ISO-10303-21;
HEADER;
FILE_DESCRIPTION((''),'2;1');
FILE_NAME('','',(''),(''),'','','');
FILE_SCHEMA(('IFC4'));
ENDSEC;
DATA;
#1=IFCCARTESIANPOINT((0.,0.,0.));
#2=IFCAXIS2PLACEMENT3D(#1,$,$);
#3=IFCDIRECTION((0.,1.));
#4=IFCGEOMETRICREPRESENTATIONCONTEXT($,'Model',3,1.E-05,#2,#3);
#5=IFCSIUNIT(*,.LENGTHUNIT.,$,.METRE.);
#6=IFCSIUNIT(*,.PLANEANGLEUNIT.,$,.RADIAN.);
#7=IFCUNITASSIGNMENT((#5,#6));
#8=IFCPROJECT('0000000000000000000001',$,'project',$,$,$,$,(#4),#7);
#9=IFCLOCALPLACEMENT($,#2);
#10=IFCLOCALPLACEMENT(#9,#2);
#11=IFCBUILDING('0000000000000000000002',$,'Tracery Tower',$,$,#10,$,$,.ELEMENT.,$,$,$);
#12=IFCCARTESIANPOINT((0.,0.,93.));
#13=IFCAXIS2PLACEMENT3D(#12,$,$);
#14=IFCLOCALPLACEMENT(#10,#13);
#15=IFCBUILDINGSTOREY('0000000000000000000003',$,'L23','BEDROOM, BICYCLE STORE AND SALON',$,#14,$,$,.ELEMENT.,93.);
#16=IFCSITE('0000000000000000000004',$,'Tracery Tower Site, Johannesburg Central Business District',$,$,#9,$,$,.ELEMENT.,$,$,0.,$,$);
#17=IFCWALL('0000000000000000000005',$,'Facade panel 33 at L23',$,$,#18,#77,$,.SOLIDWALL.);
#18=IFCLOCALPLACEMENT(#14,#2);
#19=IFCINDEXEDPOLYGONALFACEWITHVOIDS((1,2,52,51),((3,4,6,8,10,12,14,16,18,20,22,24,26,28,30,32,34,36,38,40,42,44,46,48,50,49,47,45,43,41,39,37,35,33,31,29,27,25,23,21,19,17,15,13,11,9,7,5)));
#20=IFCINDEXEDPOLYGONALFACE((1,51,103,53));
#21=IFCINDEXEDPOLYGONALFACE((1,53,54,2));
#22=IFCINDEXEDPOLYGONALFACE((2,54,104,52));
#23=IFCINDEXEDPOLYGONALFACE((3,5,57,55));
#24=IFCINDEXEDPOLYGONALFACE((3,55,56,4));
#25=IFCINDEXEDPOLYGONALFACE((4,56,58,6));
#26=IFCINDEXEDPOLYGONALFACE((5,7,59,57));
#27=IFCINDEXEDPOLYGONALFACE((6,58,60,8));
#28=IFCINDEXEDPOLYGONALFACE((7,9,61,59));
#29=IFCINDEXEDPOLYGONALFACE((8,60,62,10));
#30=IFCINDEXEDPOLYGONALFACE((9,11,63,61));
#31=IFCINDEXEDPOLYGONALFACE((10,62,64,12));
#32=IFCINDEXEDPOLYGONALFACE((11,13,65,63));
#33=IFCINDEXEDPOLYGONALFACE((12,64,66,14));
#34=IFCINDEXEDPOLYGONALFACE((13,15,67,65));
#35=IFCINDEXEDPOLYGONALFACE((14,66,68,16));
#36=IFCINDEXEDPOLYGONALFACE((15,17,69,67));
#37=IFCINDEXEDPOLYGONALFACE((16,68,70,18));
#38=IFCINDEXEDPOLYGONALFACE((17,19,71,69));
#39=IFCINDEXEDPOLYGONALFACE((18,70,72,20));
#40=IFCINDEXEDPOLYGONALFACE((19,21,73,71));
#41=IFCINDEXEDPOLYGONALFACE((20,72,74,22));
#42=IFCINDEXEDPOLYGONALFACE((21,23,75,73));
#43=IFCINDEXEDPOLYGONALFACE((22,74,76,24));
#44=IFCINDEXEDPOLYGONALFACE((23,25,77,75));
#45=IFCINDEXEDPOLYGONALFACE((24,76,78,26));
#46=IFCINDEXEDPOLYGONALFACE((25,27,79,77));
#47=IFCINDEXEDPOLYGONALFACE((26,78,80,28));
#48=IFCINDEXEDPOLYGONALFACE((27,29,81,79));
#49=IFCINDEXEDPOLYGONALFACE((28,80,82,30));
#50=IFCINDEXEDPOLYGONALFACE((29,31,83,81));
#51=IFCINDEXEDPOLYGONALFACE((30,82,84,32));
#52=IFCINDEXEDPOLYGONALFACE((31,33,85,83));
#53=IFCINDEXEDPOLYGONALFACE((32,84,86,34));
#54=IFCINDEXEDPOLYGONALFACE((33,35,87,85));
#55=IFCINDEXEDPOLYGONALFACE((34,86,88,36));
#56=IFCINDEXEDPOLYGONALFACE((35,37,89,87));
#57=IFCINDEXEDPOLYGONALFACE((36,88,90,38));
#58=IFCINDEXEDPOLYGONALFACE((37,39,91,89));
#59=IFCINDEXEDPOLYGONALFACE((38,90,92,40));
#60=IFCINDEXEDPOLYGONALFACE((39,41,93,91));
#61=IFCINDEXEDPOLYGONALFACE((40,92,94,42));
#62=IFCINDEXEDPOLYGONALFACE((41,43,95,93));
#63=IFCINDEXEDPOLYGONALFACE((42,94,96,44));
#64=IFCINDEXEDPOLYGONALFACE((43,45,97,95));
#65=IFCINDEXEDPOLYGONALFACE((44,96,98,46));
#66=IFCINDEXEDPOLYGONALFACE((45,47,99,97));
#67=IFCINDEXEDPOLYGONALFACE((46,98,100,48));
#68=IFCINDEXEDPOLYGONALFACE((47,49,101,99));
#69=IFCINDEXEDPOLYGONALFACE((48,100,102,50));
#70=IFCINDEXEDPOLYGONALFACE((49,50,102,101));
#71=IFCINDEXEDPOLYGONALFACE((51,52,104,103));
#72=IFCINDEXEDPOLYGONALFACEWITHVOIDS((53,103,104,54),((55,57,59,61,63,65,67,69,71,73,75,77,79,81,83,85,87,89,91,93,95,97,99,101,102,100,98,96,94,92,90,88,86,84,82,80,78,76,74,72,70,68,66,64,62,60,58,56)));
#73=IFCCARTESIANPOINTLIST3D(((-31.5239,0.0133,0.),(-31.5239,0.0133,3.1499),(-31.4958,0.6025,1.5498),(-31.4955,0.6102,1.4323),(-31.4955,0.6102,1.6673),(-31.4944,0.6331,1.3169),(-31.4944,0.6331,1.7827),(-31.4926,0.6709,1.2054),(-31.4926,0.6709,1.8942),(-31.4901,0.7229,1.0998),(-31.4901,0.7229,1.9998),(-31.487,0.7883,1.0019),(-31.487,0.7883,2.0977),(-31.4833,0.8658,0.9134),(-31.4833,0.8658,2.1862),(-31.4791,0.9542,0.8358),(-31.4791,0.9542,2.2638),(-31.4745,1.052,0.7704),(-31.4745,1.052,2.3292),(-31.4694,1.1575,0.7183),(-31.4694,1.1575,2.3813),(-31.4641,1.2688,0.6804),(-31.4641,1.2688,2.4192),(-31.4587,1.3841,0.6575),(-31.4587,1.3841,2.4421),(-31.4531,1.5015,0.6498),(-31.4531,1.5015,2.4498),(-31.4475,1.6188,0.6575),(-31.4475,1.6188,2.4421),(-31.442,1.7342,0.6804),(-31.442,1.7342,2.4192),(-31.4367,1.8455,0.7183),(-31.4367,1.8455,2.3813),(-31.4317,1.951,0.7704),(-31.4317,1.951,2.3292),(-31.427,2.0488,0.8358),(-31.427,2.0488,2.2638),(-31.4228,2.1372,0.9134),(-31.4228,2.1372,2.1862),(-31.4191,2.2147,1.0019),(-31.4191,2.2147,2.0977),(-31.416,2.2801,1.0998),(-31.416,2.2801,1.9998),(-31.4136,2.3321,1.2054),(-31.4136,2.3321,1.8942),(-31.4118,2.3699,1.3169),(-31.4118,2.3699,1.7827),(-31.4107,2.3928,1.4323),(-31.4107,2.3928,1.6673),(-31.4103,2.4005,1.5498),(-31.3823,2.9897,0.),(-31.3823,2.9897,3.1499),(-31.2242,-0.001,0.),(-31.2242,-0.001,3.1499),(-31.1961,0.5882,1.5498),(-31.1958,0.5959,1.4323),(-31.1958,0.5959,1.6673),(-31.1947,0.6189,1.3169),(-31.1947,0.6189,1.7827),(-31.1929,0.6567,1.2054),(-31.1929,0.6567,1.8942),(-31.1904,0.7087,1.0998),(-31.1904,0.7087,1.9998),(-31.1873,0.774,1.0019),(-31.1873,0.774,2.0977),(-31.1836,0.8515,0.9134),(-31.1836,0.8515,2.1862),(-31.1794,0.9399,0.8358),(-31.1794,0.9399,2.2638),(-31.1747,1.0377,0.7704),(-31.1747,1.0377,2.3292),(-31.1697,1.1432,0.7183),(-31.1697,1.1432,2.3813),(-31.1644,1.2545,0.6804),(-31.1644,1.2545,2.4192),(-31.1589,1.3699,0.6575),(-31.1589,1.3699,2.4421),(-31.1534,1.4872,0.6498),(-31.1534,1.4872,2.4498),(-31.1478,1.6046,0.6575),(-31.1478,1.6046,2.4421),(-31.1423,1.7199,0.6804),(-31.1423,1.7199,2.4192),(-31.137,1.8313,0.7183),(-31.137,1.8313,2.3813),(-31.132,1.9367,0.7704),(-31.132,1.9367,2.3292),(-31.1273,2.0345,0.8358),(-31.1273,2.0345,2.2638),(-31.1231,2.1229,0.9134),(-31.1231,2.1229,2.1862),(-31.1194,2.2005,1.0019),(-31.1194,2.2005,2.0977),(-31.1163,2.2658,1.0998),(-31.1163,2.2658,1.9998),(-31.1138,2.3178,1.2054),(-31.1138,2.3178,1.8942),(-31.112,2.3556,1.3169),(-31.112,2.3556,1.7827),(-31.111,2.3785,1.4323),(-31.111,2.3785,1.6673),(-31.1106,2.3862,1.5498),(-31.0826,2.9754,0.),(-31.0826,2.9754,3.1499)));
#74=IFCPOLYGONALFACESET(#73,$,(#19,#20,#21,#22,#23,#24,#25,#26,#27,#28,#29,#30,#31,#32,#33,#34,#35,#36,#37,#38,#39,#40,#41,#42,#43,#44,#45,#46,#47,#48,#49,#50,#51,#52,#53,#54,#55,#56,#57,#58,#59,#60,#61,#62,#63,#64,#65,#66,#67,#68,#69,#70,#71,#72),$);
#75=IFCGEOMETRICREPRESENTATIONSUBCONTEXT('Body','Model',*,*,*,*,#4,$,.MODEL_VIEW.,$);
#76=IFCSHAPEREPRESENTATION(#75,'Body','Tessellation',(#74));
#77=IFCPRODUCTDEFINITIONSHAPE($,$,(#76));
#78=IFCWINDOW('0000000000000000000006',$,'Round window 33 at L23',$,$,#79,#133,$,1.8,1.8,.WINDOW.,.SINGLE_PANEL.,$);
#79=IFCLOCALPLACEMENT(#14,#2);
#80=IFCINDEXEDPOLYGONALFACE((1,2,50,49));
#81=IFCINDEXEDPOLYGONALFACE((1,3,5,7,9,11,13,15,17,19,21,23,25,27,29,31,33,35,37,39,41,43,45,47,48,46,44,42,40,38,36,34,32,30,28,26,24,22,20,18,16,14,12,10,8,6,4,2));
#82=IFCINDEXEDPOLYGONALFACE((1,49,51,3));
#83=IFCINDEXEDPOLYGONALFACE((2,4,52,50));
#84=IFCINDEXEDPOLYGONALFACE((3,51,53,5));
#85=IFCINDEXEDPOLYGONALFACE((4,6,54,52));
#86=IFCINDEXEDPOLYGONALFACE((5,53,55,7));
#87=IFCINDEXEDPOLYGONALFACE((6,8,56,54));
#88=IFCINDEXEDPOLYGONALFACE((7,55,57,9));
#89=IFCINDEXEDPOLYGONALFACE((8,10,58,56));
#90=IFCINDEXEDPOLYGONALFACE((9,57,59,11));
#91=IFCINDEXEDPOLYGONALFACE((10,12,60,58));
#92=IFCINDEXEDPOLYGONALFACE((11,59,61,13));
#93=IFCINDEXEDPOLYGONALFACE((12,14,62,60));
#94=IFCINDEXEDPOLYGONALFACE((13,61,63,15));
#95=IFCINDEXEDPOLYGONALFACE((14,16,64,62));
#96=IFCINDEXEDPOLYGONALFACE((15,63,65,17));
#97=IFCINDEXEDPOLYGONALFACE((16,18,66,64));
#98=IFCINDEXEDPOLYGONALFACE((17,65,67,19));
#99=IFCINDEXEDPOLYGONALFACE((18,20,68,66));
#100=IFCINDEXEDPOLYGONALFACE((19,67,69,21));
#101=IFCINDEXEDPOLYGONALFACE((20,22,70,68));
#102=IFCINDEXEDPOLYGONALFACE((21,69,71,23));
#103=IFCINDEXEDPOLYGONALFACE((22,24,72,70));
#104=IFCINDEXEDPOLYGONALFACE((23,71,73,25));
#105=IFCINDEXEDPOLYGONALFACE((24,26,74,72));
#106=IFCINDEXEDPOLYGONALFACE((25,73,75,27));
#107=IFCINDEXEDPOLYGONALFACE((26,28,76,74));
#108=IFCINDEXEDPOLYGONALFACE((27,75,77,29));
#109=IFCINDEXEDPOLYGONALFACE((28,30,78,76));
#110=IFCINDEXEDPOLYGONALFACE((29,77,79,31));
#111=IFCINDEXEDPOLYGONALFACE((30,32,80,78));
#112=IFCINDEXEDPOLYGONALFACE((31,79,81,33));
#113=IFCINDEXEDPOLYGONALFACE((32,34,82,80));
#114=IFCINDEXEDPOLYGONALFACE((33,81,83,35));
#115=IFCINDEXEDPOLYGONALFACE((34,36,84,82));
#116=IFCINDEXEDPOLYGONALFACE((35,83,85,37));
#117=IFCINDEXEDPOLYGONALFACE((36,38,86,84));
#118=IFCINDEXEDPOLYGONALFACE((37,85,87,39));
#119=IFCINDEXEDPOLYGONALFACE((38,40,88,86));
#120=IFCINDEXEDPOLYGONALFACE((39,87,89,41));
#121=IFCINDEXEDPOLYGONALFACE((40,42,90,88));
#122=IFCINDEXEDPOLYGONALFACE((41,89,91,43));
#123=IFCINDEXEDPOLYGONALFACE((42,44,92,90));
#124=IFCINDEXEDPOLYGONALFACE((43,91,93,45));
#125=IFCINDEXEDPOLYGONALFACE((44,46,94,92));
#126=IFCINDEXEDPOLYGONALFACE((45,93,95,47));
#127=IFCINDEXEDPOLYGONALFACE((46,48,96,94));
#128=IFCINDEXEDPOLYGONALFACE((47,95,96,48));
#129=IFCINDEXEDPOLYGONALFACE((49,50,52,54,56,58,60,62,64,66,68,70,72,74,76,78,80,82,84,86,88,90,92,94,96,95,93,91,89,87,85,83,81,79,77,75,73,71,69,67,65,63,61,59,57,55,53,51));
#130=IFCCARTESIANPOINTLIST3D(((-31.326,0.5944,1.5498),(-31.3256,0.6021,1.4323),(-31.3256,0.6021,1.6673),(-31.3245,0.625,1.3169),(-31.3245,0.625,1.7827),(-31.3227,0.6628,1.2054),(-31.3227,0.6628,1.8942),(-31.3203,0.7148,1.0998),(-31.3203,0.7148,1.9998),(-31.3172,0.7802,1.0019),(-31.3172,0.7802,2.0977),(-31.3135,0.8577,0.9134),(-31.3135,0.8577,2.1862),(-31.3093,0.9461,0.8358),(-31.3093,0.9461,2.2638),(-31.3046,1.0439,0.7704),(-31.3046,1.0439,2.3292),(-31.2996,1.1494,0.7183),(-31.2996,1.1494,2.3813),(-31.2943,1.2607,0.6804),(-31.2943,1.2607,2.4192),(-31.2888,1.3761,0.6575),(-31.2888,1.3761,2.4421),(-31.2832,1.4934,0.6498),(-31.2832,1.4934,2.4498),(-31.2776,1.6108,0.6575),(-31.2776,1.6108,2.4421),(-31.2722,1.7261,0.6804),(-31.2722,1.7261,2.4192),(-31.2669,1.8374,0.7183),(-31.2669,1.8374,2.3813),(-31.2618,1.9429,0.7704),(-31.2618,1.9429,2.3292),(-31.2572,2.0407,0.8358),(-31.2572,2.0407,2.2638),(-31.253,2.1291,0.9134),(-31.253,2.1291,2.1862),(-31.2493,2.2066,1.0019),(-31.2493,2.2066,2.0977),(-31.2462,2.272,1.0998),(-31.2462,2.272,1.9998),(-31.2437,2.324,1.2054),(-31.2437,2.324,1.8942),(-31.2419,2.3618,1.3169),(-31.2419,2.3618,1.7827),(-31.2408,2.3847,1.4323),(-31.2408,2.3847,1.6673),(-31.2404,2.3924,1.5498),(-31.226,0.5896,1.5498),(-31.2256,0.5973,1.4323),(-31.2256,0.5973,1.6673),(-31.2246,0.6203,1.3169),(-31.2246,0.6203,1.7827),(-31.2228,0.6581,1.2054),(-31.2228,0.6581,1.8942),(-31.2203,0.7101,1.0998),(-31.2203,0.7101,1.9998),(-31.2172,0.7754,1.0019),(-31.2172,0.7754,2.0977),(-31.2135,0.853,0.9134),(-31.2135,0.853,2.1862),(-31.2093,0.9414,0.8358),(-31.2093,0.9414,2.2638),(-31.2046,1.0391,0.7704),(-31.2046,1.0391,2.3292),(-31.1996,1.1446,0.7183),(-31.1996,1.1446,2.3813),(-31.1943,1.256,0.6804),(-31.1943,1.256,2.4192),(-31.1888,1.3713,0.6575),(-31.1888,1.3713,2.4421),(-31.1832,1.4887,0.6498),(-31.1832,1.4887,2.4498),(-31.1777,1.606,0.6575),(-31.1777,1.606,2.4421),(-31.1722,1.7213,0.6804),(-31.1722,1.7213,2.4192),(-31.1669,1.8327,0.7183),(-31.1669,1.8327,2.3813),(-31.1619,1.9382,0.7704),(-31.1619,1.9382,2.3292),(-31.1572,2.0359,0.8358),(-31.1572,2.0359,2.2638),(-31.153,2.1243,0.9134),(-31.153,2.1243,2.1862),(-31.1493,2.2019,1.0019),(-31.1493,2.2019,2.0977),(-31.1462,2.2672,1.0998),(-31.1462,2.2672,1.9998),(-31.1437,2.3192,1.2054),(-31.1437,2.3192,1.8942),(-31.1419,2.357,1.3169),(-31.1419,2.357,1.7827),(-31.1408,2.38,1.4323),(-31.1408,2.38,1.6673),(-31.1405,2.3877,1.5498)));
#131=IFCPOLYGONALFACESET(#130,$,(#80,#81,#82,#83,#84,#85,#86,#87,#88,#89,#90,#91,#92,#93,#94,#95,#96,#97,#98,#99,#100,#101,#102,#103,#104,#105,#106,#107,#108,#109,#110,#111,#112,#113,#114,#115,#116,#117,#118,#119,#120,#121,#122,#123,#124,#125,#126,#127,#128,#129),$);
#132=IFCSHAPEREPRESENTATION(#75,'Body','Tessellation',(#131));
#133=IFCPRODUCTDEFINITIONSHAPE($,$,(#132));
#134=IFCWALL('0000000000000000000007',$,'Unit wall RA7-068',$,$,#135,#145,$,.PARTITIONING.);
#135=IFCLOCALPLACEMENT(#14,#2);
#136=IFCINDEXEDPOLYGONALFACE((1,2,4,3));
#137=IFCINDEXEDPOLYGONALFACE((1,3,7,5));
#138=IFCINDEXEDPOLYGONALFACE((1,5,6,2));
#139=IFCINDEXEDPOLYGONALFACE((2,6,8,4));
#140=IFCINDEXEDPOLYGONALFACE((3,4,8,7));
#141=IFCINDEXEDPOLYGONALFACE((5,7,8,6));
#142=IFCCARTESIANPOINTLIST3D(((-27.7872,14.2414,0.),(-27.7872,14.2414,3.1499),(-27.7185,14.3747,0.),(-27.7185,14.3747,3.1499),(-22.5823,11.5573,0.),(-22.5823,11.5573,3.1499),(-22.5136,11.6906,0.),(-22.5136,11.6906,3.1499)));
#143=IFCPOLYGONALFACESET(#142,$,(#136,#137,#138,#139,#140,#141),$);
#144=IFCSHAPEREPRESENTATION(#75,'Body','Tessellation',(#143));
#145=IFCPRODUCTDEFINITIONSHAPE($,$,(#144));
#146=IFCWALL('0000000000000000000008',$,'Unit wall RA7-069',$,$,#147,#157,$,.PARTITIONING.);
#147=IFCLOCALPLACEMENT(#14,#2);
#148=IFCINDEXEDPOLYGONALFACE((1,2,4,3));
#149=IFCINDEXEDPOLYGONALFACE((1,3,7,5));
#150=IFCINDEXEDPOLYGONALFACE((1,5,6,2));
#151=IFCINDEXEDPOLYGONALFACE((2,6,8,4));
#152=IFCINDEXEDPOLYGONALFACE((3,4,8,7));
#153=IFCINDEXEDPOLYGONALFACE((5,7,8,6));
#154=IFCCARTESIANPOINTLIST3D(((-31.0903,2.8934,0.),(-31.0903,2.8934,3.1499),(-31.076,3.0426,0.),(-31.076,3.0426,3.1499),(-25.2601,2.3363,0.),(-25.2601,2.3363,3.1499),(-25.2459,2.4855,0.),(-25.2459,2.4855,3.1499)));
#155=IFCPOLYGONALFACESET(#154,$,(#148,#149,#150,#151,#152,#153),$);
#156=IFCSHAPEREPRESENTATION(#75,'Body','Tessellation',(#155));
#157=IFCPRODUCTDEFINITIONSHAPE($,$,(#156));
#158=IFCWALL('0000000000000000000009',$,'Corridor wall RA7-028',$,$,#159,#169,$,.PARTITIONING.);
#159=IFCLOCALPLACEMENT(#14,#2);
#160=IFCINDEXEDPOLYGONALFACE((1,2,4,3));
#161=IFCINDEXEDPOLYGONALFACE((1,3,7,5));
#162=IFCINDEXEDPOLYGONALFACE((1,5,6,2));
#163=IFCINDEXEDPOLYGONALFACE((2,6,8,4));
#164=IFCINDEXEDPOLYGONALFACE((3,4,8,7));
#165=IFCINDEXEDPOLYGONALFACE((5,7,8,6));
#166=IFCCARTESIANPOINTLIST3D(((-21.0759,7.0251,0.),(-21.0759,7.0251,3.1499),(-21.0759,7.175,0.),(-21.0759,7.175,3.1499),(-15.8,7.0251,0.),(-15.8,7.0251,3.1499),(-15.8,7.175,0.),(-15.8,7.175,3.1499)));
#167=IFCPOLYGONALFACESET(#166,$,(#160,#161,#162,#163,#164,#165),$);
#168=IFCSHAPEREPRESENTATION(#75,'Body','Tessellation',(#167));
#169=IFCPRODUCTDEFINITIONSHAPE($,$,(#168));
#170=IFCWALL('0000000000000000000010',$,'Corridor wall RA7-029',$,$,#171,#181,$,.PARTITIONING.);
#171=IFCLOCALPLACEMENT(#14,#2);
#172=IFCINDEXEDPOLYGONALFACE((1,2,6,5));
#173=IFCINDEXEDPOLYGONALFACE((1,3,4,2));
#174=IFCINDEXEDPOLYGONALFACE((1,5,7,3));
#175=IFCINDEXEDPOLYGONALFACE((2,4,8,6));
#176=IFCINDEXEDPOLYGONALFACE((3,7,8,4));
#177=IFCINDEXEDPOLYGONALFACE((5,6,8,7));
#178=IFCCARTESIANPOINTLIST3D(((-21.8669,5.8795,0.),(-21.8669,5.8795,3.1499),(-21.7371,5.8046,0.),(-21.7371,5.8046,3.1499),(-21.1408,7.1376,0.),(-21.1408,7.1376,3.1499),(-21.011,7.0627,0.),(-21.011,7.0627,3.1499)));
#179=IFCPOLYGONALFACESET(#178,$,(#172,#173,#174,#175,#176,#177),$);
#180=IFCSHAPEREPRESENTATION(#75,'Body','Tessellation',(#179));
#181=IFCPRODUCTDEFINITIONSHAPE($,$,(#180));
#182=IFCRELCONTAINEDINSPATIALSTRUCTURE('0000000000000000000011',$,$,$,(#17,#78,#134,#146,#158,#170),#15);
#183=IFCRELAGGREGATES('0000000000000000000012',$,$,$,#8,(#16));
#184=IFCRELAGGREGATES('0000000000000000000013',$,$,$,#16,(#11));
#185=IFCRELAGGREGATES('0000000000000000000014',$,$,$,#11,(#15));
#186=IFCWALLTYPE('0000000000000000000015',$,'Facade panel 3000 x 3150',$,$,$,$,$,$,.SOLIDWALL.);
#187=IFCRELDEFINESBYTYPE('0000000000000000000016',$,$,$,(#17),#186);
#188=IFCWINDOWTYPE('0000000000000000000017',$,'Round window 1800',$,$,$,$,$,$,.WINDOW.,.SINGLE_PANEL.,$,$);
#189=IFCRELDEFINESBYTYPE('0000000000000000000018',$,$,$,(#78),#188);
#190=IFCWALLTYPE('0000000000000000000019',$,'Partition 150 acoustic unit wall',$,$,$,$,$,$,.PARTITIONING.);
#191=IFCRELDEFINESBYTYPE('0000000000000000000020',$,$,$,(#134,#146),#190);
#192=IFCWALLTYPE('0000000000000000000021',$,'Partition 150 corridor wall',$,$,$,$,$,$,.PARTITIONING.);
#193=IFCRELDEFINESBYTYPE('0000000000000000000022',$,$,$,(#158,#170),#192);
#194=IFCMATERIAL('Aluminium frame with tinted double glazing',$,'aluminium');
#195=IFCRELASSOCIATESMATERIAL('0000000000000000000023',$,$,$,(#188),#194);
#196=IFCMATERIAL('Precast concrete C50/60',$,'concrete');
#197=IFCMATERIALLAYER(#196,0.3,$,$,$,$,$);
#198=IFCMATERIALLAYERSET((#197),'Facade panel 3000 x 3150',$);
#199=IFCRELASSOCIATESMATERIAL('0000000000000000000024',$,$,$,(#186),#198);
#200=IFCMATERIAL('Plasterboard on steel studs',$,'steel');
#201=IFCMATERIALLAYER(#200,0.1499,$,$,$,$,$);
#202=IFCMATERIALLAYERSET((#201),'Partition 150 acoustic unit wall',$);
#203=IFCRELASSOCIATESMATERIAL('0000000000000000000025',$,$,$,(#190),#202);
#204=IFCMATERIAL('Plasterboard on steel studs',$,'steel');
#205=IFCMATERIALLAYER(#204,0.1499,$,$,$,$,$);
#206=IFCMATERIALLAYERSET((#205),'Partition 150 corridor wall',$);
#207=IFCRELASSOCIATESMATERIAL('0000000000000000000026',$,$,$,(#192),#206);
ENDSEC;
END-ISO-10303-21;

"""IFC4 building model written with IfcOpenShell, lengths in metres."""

from ifc_helpers import new_model, si_unit, direction, frame, frame_2d, origin, origin_2d, place, context, subcontext, project, spatial, rectangle, circle, extrude, material, layer, layer_set, type_object, element, fill, save


model = new_model("IFC4")

# Units and contexts
model_context = context("Model", 3, precision=1e-05, world=origin(), true_north=direction((0.0, 1.0)))
body_context = subcontext(model_context, "Body", "Model", "MODEL_VIEW")
ifc_project = project(units=[si_unit("LENGTHUNIT", "METRE"), si_unit("PLANEANGLEUNIT", "RADIAN")], contexts=[model_context])

# Site, building, storey
site_placement = place(None, origin())
site = spatial("IfcSite", under=ifc_project, at=site_placement, Name="Tracery Tower Site, Johannesburg Central Business District", CompositionType="ELEMENT", RefElevation=0.0)
building_placement = place(site_placement, origin())
building = spatial("IfcBuilding", under=site, at=building_placement, Name="Tracery Tower", CompositionType="ELEMENT")
storey_placement = place(building_placement, frame((0.0, 0.0, 93.0)))
storey = spatial("IfcBuildingStorey", under=building, at=storey_placement, Name="L23", Description="BEDROOM, BICYCLE STORE AND SALON", CompositionType="ELEMENT", Elevation=93.0)

# Wall, opening, window
ifc_material_1 = material(Name="Aluminium frame with tinted double glazing", Category="aluminium")
window_type = type_object("IfcWindowType", Name="Round window 1800", PartitioningType="SINGLE_PANEL", PredefinedType="WINDOW", material=ifc_material_1)
ifc_material_2 = material(Name="Precast concrete C50/60", Category="concrete")
ifc_layer_1 = layer(ifc_material_2, 0.3)
ifc_layer_set_1 = layer_set([ifc_layer_1], Name="Facade panel 3000 x 3150")
wall_type_1 = type_object("IfcWallType", Name="Facade panel 3000 x 3150", PredefinedType="SOLIDWALL", material=ifc_layer_set_1)
wall_1_placement = place(storey_placement, frame((-31.2324, 2.9824, 0.0), z_axis=(0.0, 0.0, 1.0), x_axis=(-0.047522, -0.99887, 0.0)))
wall_1 = element("IfcWall", 1, at=wall_1_placement, inside=storey, type_object=wall_type_1, Name="Facade panel 33 at L23", PredefinedType="SOLIDWALL", context=body_context, shape_type="SweptSolid", body=[
    extrude(rectangle(XDim=2.9797, YDim=0.3, at=frame_2d((1.4897, 0.0))), origin(), (0.0, 0.0, 1.0), 3.1499),
])
opening_1_placement = place(wall_1_placement, frame((1.4897, 0.0, 1.5498)))
opening_1 = element("IfcOpeningElement", 2, at=opening_1_placement, cuts=wall_1, PredefinedType="OPENING", context=body_context, shape_type="SweptSolid", body=[
    extrude(circle(Radius=0.9, at=origin_2d()), frame((0.0, 0.1599, 0.0), z_axis=(0.0, -1.0, 0.0), x_axis=(1.0, 0.0, 0.0)), (0.0, 0.0, 1.0), 0.3201),
])
window_1_placement = place(opening_1_placement, origin())
window_1 = element("IfcWindow", 3, at=window_1_placement, inside=storey, type_object=window_type, Name="Round window 33 at L23", OverallHeight=1.8, OverallWidth=1.8, PartitioningType="SINGLE_PANEL", PredefinedType="WINDOW", context=body_context, shape_type="SweptSolid", body=[
    extrude(circle(Radius=0.9, at=origin_2d()), frame((0.0, 0.1201, 0.0), z_axis=(0.0, -1.0, 0.0), x_axis=(1.0, 0.0, 0.0)), (0.0, 0.0, 1.0), 0.1001),
])
fill(opening_1, window_1)

# Walls
ifc_material_3 = material(Name="Plasterboard on steel studs", Category="steel")
ifc_layer_2 = layer(ifc_material_3, 0.1499)
ifc_layer_set_2 = layer_set([ifc_layer_2], Name="Partition 150 acoustic unit wall")
wall_type_2 = type_object("IfcWallType", Name="Partition 150 acoustic unit wall", PredefinedType="PARTITIONING", material=ifc_layer_set_2)
wall_2_placement = place(storey_placement, frame((-27.7529, 14.3081, 0.0), z_axis=(0.0, 0.0, 1.0), x_axis=(0.88878, -0.458335, 0.0)))
element("IfcWall", 4, at=wall_2_placement, inside=storey, type_object=wall_type_2, Name="Unit wall RA7-068", PredefinedType="PARTITIONING", context=body_context, shape_type="SweptSolid", body=[
    extrude(rectangle(XDim=5.8562, YDim=0.1499, at=frame_2d((2.9282, 0.0))), origin(), (0.0, 0.0, 1.0), 3.1499),
])
wall_3_placement = place(storey_placement, frame((-31.083, 2.968, 0.0), z_axis=(0.0, 0.0, 1.0), x_axis=(0.995465, -0.095128, 0.0)))
element("IfcWall", 5, at=wall_3_placement, inside=storey, type_object=wall_type_2, Name="Unit wall RA7-069", PredefinedType="PARTITIONING", context=body_context, shape_type="SweptSolid", body=[
    extrude(rectangle(XDim=5.8567, YDim=0.1499, at=frame_2d((2.9282, 0.0))), origin(), (0.0, 0.0, 1.0), 3.1499),
])
ifc_material_4 = material(Name="Plasterboard on steel studs", Category="steel")
ifc_layer_3 = layer(ifc_material_4, 0.1499)
ifc_layer_set_3 = layer_set([ifc_layer_3], Name="Partition 150 corridor wall")
wall_type_3 = type_object("IfcWallType", Name="Partition 150 corridor wall", PredefinedType="PARTITIONING", material=ifc_layer_set_3)
wall_4_placement = place(storey_placement, frame((-21.0759, 7.1001, 0.0), z_axis=(0.0, 0.0, 1.0), x_axis=(1.0, 0.0, 0.0)))
element("IfcWall", 6, at=wall_4_placement, inside=storey, type_object=wall_type_3, Name="Corridor wall RA7-028", PredefinedType="PARTITIONING", context=body_context, shape_type="SweptSolid", body=[
    extrude(rectangle(XDim=5.2759, YDim=0.1499, at=frame_2d((2.6379, 0.0))), origin(), (0.0, 0.0, 1.0), 3.1499),
])
wall_5_placement = place(storey_placement, frame((-21.802, 5.842, 0.0), z_axis=(0.0, 0.0, 1.0), x_axis=(0.499863, 0.866104, 0.0)))
element("IfcWall", 7, at=wall_5_placement, inside=storey, type_object=wall_type_3, Name="Corridor wall RA7-029", PredefinedType="PARTITIONING", context=body_context, shape_type="SweptSolid", body=[
    extrude(rectangle(XDim=1.4526, YDim=0.1499, at=frame_2d((0.7263, 0.0))), origin(), (0.0, 0.0, 1.0), 3.1499),
])

save(model, "model.ifc")
